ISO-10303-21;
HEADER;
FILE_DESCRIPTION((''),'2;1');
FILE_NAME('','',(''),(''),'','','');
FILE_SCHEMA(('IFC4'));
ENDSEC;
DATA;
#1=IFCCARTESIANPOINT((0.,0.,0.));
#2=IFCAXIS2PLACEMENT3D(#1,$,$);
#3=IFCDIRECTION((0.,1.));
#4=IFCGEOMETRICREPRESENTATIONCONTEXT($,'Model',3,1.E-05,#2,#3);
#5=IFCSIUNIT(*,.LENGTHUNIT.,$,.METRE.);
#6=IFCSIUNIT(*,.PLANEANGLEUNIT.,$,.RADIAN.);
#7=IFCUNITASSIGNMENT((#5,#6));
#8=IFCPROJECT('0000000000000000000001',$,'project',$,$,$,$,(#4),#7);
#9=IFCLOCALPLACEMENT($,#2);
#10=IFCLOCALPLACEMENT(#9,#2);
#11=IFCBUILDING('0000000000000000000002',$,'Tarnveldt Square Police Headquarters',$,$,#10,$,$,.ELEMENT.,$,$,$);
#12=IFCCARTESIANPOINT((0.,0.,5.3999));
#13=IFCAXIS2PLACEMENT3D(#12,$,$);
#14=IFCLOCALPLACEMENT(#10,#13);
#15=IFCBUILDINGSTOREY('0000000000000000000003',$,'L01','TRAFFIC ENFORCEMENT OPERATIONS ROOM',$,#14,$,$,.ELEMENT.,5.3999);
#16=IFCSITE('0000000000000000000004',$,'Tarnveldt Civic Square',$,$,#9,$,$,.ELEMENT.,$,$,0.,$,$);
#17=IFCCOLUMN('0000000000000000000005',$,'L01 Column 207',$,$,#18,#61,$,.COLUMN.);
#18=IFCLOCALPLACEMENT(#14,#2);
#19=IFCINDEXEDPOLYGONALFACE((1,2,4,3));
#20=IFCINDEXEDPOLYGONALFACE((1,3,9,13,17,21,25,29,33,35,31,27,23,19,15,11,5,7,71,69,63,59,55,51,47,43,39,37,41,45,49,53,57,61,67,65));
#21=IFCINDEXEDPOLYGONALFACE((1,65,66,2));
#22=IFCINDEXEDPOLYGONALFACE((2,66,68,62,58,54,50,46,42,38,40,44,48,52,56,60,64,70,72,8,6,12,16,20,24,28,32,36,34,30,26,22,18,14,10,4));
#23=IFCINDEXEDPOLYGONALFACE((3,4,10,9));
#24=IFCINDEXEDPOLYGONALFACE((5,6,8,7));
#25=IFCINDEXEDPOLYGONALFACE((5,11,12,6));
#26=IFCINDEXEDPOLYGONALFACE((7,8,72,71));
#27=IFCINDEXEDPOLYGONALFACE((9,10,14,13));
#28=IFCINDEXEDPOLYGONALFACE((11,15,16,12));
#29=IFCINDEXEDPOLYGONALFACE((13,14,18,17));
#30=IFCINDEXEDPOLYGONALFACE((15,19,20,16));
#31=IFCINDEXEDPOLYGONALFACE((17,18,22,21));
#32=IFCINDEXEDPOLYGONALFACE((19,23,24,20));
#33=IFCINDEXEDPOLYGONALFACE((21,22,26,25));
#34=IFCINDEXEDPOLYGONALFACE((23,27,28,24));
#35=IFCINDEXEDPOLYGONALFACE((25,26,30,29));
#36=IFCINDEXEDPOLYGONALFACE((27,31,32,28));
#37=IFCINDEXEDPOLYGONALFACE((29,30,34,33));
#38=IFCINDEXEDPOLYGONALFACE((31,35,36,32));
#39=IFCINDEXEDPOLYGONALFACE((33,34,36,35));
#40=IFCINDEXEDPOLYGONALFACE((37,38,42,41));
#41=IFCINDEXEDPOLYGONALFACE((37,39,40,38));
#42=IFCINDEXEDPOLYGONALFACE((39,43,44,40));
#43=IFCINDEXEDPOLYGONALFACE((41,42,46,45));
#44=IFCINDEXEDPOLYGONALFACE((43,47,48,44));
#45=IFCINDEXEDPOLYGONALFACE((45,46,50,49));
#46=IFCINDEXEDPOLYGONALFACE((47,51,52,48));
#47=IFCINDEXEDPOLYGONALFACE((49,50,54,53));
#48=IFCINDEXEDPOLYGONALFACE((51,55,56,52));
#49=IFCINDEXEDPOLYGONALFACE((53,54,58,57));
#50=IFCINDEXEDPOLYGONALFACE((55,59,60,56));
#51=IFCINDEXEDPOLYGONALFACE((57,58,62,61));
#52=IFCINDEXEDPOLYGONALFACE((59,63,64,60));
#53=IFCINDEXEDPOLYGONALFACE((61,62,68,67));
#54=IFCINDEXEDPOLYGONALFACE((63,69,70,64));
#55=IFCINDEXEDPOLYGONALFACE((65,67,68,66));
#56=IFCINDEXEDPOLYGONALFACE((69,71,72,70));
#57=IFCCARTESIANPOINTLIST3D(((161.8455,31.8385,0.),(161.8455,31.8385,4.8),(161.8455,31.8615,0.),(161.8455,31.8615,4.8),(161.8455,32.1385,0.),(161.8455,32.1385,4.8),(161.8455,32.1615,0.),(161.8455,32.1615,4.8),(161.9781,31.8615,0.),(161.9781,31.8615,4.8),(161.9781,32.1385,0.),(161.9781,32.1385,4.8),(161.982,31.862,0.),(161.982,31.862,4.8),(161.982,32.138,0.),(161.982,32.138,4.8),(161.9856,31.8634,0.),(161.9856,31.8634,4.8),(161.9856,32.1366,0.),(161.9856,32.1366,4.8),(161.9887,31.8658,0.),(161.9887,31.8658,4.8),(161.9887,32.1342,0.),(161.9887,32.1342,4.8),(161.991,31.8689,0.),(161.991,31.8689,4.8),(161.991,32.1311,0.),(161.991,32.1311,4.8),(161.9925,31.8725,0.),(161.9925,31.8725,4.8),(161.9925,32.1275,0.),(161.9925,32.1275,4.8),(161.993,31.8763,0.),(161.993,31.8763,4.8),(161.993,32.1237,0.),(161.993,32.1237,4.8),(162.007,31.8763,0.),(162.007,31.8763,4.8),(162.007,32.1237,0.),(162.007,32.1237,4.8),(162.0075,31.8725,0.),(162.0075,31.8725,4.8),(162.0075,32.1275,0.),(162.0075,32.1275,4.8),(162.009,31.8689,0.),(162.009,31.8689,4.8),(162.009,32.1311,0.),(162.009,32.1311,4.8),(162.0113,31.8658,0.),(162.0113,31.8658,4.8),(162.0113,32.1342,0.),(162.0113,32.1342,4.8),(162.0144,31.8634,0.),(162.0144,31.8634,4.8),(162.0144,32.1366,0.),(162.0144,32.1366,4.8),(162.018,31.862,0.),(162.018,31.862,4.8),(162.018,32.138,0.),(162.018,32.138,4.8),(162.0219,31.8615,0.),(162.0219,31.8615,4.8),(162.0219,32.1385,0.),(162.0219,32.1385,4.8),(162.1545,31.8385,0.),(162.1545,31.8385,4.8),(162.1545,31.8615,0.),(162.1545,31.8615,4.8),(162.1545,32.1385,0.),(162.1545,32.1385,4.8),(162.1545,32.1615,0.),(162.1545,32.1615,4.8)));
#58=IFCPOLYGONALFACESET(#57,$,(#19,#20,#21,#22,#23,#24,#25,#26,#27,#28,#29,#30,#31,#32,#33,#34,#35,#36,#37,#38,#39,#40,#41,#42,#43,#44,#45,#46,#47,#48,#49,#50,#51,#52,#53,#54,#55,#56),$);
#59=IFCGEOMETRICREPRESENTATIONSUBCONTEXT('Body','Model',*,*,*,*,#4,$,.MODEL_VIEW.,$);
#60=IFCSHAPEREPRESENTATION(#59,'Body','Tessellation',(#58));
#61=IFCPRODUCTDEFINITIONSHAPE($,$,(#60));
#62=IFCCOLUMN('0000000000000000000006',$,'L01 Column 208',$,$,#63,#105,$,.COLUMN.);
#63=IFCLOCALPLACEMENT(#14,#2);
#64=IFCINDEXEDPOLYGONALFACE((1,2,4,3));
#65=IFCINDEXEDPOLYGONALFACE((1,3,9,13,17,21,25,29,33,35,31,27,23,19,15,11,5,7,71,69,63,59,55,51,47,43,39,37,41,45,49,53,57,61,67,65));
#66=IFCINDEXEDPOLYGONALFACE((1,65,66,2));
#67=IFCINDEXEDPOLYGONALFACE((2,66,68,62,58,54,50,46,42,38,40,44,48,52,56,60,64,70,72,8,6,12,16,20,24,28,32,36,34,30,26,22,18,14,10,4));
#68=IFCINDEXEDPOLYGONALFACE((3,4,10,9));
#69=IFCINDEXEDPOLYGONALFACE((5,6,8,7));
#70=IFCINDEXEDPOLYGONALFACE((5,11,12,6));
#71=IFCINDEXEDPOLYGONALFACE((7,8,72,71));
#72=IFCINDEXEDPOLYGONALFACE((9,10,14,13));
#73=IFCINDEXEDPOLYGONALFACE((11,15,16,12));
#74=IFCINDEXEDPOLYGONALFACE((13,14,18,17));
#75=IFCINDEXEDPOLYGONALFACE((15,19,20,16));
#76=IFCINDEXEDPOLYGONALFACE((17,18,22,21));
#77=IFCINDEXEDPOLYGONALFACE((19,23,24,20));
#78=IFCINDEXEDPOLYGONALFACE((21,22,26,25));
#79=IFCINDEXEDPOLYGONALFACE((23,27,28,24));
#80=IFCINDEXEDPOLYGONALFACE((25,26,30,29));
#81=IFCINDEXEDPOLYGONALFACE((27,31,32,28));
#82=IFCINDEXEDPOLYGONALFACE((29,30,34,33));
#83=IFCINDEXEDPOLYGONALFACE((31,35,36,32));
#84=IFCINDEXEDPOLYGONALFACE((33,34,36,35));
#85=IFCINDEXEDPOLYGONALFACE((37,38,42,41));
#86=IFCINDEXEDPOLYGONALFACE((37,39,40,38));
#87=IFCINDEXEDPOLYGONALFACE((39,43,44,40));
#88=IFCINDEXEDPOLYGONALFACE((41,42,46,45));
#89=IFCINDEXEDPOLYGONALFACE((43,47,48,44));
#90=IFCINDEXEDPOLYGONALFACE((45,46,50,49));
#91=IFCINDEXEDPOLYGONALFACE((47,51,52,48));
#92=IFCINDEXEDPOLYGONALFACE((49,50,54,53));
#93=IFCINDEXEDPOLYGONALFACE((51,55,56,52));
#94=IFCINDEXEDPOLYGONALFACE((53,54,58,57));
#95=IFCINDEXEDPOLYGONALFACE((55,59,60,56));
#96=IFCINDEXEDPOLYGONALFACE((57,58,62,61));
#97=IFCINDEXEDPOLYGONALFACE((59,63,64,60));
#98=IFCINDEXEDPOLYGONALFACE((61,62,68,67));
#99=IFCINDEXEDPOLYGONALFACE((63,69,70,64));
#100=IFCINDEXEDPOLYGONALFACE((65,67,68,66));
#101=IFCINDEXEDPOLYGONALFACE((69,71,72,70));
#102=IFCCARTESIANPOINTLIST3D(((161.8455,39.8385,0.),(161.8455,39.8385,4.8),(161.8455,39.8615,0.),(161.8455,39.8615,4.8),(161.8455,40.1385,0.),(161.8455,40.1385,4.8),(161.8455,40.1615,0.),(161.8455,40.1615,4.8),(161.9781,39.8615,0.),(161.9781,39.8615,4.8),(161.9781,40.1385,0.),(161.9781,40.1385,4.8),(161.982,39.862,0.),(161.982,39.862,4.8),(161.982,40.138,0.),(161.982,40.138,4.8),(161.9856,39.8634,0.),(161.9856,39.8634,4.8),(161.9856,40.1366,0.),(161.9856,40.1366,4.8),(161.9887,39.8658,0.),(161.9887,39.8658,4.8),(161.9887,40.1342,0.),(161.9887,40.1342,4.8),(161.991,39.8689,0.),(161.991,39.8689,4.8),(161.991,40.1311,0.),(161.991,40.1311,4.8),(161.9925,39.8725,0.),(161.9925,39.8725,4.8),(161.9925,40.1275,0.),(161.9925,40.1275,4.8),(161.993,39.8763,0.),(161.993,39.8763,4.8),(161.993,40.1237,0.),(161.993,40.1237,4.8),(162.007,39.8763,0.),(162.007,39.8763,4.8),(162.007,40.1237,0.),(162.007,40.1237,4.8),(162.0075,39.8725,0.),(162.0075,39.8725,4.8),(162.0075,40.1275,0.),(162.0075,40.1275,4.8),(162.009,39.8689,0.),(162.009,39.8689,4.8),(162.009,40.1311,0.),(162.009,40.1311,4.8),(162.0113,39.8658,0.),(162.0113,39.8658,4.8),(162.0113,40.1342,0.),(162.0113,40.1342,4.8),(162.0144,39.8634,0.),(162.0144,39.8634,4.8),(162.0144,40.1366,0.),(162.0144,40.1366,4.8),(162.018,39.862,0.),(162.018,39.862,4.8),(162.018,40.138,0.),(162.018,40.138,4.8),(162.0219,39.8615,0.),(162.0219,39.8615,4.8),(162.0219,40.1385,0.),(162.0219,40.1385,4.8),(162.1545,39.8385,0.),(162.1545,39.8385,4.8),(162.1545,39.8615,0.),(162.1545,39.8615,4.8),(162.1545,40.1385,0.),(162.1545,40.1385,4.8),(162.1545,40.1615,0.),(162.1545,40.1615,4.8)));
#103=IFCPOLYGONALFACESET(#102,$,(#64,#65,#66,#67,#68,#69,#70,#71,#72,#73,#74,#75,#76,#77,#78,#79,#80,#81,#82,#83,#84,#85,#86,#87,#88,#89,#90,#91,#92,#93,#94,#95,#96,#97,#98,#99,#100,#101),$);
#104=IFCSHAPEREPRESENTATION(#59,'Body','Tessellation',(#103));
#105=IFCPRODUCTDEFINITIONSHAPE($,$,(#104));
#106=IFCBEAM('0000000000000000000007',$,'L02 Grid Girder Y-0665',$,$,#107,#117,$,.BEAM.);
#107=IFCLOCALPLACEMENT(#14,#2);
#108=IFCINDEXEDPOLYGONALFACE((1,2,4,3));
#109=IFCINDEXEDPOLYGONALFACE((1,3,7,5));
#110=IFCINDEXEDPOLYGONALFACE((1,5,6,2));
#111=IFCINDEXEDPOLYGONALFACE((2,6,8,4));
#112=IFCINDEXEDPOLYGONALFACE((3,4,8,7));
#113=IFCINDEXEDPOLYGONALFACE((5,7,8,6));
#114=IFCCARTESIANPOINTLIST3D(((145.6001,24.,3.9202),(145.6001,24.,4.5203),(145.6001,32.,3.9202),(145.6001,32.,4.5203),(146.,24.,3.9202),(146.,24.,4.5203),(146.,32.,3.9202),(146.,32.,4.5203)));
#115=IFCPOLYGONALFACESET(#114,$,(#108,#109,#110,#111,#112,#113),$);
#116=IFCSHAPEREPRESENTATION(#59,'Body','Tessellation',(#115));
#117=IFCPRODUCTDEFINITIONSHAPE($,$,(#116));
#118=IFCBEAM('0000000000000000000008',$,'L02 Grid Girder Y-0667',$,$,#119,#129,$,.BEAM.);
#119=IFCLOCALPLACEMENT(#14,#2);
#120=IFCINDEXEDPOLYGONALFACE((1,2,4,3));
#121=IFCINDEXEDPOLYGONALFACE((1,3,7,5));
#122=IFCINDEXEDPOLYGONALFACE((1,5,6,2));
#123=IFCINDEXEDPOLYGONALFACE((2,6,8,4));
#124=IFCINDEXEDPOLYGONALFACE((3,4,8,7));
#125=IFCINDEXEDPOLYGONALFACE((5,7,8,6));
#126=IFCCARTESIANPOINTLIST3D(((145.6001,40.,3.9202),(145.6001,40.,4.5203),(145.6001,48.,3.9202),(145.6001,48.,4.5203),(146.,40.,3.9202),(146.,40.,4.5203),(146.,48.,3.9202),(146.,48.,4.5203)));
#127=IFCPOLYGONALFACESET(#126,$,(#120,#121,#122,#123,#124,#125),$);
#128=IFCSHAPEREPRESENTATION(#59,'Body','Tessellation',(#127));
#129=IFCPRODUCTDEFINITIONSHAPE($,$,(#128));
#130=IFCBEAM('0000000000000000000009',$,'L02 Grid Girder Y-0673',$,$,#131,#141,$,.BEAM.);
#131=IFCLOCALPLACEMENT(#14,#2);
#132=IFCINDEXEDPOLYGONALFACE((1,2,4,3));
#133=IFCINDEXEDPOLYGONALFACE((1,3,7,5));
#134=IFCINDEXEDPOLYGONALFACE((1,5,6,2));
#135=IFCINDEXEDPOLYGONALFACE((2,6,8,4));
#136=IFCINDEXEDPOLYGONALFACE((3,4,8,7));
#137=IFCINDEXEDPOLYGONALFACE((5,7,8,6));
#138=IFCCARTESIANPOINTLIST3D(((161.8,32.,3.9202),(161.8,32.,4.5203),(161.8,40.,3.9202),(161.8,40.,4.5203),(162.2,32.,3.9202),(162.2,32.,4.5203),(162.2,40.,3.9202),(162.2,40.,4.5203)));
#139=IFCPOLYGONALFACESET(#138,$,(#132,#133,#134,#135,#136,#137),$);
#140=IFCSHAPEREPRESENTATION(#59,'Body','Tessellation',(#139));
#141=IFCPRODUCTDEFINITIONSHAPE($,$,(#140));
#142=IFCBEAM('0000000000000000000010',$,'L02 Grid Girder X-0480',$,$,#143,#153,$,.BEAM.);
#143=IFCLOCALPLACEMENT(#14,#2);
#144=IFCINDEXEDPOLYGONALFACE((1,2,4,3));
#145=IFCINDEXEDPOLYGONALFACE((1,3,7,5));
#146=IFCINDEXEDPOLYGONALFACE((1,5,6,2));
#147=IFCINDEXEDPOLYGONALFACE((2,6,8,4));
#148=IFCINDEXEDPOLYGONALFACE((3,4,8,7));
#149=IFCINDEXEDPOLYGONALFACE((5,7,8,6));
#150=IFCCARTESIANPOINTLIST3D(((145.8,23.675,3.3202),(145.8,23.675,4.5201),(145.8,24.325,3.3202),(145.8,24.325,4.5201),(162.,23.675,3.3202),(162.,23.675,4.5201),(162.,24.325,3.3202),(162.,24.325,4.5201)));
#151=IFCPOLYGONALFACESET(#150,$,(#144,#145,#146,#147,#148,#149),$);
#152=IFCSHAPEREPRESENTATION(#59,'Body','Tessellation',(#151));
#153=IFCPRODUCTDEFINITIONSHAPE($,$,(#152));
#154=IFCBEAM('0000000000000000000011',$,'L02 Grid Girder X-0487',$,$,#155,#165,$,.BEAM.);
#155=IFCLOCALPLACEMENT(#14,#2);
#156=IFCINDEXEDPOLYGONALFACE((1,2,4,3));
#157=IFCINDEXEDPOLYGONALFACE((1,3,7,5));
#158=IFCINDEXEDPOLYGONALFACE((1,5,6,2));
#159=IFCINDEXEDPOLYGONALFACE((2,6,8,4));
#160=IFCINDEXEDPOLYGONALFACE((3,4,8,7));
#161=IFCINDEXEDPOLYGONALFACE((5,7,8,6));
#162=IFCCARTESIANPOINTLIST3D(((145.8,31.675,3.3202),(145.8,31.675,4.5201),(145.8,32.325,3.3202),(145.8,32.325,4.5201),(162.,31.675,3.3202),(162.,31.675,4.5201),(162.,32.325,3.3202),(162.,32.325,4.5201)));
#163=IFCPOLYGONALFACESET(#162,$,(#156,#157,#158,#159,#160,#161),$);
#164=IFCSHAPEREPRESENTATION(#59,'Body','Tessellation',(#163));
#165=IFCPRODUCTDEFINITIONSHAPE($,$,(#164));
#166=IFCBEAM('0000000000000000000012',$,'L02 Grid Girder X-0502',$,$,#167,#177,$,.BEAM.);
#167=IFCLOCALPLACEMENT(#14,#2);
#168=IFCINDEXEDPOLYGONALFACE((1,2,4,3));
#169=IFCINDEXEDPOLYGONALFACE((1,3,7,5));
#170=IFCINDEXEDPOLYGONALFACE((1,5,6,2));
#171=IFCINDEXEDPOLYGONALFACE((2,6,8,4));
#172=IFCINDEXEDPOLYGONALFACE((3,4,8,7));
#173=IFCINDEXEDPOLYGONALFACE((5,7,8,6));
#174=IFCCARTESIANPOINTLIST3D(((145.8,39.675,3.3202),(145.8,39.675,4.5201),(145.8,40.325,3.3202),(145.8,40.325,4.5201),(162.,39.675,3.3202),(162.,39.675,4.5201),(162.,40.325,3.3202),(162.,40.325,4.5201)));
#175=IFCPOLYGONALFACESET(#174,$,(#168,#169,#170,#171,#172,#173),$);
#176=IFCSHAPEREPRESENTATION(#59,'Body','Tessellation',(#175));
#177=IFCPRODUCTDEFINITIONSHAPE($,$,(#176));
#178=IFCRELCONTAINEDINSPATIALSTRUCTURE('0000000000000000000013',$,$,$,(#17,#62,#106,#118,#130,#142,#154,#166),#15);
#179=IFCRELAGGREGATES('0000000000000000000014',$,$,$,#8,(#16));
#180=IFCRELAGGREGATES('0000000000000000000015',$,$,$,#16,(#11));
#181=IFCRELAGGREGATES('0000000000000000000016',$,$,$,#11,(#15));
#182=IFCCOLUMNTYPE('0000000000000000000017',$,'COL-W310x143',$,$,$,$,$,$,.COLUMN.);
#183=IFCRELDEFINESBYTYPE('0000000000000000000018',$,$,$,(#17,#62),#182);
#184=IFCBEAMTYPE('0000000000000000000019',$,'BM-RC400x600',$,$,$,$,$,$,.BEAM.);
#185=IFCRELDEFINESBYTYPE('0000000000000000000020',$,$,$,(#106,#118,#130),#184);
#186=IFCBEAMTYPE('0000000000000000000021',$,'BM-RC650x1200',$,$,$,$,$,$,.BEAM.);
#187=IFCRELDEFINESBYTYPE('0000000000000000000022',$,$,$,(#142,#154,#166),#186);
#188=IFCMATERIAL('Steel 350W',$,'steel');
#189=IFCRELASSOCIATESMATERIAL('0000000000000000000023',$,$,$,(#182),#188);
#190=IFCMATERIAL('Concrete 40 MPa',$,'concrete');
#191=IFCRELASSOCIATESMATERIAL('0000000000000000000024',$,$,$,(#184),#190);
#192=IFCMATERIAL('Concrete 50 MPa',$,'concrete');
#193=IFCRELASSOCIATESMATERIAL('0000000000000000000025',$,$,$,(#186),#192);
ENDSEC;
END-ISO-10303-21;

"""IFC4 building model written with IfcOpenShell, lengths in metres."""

from ifc_helpers import new_model, si_unit, direction, frame, origin, origin_2d, place, context, subcontext, project, spatial, rectangle, i_section, extrude, material, material_profile, profile_set, type_object, element, save


model = new_model("IFC4")

# Units and contexts
model_context = context("Model", 3, precision=1e-05, world=origin(), true_north=direction((0.0, 1.0)))
body_context = subcontext(model_context, "Body", "Model", "MODEL_VIEW")
ifc_project = project(units=[si_unit("LENGTHUNIT", "METRE"), si_unit("PLANEANGLEUNIT", "RADIAN")], contexts=[model_context])

# Site, building, storey
site_placement = place(None, origin())
site = spatial("IfcSite", under=ifc_project, at=site_placement, Name="Tarnveldt Civic Square", CompositionType="ELEMENT", RefElevation=0.0)
building_placement = place(site_placement, origin())
building = spatial("IfcBuilding", under=site, at=building_placement, Name="Tarnveldt Square Police Headquarters", CompositionType="ELEMENT")
storey_placement = place(building_placement, frame((0.0, 0.0, 5.3999)))
storey = spatial("IfcBuildingStorey", under=building, at=storey_placement, Name="L01", Description="TRAFFIC ENFORCEMENT OPERATIONS ROOM", CompositionType="ELEMENT", Elevation=5.3999)

# Columns
ifc_material_1 = material(Name="Steel 350W", Category="steel")
ifc_material_profile_1 = material_profile(ifc_material_1, i_section(OverallWidth=0.3091, OverallDepth=0.323, WebThickness=0.0139, FlangeThickness=0.0229, FilletRadius=0.0149, at=origin_2d()), Name="W310x143")
ifc_profile_set_1 = profile_set([ifc_material_profile_1], Name="Steel 350W")
column_type_1 = type_object("IfcColumnType", Name="COL-W310x143", PredefinedType="COLUMN", material=ifc_profile_set_1)
for number, where, z_axis, x_axis, name in (
    (1, (162.0, 32.0, 0.0), (0.0, 0.0, 1.0), (1.0, 0.0, 0.0), "L01 Column 207"),
    (2, (162.0, 40.0, 0.0), (0.0, 0.0, 1.0), (1.0, 0.0, 0.0), "L01 Column 208"),
):
    element("IfcColumn", number, at=place(storey_placement, frame(where, z_axis=z_axis, x_axis=x_axis)), inside=storey, type_object=column_type_1, Name=name, PredefinedType="COLUMN", context=body_context, shape_type="SweptSolid", body=[
        extrude(i_section(OverallWidth=0.3091, OverallDepth=0.323, WebThickness=0.0139, FlangeThickness=0.0229, FilletRadius=0.0149, at=origin_2d()), origin(), (0.0, 0.0, 1.0), 4.8),
    ])

# Beams
ifc_material_2 = material(Name="Concrete 40 MPa", Category="concrete")
ifc_material_profile_2 = material_profile(ifc_material_2, rectangle(XDim=0.3999, YDim=0.6001, at=origin_2d()), Name="RC-B400x600")
ifc_profile_set_2 = profile_set([ifc_material_profile_2], Name="Concrete 40 MPa")
beam_type_1 = type_object("IfcBeamType", Name="BM-RC400x600", PredefinedType="BEAM", material=ifc_profile_set_2)
for number, where, z_axis, x_axis, name in (
    (3, (145.8, 24.0, 4.2202), (0.0, 1.0, 0.0), (-1.0, 0.0, 0.0), "L02 Grid Girder Y-0665"),
    (4, (145.8, 40.0, 4.2202), (0.0, 1.0, 0.0), (-1.0, 0.0, 0.0), "L02 Grid Girder Y-0667"),
    (5, (162.0, 32.0, 4.2202), (0.0, 1.0, 0.0), (-1.0, 0.0, 0.0), "L02 Grid Girder Y-0673"),
):
    element("IfcBeam", number, at=place(storey_placement, frame(where, z_axis=z_axis, x_axis=x_axis)), inside=storey, type_object=beam_type_1, Name=name, PredefinedType="BEAM", context=body_context, shape_type="SweptSolid", body=[
        extrude(rectangle(XDim=0.3999, YDim=0.6001, at=origin_2d()), origin(), (0.0, 0.0, 1.0), 8.0),
    ])
ifc_material_3 = material(Name="Concrete 50 MPa", Category="concrete")
ifc_material_profile_3 = material_profile(ifc_material_3, rectangle(XDim=0.6499, YDim=1.2, at=origin_2d()), Name="RC-B650x1200")
ifc_profile_set_3 = profile_set([ifc_material_profile_3], Name="Concrete 50 MPa")
beam_type_2 = type_object("IfcBeamType", Name="BM-RC650x1200", PredefinedType="BEAM", material=ifc_profile_set_3)
for number, where, z_axis, x_axis, name in (
    (6, (145.8, 24.0, 3.9202), (1.0, 0.0, 0.0), (0.0, 1.0, 0.0), "L02 Grid Girder X-0480"),
    (7, (145.8, 32.0, 3.9202), (1.0, 0.0, 0.0), (0.0, 1.0, 0.0), "L02 Grid Girder X-0487"),
    (8, (145.8, 40.0, 3.9202), (1.0, 0.0, 0.0), (0.0, 1.0, 0.0), "L02 Grid Girder X-0502"),
):
    element("IfcBeam", number, at=place(storey_placement, frame(where, z_axis=z_axis, x_axis=x_axis)), inside=storey, type_object=beam_type_2, Name=name, PredefinedType="BEAM", context=body_context, shape_type="SweptSolid", body=[
        extrude(rectangle(XDim=0.6499, YDim=1.2, at=origin_2d()), origin(), (0.0, 0.0, 1.0), 16.2),
    ])

save(model, "model.ifc")
